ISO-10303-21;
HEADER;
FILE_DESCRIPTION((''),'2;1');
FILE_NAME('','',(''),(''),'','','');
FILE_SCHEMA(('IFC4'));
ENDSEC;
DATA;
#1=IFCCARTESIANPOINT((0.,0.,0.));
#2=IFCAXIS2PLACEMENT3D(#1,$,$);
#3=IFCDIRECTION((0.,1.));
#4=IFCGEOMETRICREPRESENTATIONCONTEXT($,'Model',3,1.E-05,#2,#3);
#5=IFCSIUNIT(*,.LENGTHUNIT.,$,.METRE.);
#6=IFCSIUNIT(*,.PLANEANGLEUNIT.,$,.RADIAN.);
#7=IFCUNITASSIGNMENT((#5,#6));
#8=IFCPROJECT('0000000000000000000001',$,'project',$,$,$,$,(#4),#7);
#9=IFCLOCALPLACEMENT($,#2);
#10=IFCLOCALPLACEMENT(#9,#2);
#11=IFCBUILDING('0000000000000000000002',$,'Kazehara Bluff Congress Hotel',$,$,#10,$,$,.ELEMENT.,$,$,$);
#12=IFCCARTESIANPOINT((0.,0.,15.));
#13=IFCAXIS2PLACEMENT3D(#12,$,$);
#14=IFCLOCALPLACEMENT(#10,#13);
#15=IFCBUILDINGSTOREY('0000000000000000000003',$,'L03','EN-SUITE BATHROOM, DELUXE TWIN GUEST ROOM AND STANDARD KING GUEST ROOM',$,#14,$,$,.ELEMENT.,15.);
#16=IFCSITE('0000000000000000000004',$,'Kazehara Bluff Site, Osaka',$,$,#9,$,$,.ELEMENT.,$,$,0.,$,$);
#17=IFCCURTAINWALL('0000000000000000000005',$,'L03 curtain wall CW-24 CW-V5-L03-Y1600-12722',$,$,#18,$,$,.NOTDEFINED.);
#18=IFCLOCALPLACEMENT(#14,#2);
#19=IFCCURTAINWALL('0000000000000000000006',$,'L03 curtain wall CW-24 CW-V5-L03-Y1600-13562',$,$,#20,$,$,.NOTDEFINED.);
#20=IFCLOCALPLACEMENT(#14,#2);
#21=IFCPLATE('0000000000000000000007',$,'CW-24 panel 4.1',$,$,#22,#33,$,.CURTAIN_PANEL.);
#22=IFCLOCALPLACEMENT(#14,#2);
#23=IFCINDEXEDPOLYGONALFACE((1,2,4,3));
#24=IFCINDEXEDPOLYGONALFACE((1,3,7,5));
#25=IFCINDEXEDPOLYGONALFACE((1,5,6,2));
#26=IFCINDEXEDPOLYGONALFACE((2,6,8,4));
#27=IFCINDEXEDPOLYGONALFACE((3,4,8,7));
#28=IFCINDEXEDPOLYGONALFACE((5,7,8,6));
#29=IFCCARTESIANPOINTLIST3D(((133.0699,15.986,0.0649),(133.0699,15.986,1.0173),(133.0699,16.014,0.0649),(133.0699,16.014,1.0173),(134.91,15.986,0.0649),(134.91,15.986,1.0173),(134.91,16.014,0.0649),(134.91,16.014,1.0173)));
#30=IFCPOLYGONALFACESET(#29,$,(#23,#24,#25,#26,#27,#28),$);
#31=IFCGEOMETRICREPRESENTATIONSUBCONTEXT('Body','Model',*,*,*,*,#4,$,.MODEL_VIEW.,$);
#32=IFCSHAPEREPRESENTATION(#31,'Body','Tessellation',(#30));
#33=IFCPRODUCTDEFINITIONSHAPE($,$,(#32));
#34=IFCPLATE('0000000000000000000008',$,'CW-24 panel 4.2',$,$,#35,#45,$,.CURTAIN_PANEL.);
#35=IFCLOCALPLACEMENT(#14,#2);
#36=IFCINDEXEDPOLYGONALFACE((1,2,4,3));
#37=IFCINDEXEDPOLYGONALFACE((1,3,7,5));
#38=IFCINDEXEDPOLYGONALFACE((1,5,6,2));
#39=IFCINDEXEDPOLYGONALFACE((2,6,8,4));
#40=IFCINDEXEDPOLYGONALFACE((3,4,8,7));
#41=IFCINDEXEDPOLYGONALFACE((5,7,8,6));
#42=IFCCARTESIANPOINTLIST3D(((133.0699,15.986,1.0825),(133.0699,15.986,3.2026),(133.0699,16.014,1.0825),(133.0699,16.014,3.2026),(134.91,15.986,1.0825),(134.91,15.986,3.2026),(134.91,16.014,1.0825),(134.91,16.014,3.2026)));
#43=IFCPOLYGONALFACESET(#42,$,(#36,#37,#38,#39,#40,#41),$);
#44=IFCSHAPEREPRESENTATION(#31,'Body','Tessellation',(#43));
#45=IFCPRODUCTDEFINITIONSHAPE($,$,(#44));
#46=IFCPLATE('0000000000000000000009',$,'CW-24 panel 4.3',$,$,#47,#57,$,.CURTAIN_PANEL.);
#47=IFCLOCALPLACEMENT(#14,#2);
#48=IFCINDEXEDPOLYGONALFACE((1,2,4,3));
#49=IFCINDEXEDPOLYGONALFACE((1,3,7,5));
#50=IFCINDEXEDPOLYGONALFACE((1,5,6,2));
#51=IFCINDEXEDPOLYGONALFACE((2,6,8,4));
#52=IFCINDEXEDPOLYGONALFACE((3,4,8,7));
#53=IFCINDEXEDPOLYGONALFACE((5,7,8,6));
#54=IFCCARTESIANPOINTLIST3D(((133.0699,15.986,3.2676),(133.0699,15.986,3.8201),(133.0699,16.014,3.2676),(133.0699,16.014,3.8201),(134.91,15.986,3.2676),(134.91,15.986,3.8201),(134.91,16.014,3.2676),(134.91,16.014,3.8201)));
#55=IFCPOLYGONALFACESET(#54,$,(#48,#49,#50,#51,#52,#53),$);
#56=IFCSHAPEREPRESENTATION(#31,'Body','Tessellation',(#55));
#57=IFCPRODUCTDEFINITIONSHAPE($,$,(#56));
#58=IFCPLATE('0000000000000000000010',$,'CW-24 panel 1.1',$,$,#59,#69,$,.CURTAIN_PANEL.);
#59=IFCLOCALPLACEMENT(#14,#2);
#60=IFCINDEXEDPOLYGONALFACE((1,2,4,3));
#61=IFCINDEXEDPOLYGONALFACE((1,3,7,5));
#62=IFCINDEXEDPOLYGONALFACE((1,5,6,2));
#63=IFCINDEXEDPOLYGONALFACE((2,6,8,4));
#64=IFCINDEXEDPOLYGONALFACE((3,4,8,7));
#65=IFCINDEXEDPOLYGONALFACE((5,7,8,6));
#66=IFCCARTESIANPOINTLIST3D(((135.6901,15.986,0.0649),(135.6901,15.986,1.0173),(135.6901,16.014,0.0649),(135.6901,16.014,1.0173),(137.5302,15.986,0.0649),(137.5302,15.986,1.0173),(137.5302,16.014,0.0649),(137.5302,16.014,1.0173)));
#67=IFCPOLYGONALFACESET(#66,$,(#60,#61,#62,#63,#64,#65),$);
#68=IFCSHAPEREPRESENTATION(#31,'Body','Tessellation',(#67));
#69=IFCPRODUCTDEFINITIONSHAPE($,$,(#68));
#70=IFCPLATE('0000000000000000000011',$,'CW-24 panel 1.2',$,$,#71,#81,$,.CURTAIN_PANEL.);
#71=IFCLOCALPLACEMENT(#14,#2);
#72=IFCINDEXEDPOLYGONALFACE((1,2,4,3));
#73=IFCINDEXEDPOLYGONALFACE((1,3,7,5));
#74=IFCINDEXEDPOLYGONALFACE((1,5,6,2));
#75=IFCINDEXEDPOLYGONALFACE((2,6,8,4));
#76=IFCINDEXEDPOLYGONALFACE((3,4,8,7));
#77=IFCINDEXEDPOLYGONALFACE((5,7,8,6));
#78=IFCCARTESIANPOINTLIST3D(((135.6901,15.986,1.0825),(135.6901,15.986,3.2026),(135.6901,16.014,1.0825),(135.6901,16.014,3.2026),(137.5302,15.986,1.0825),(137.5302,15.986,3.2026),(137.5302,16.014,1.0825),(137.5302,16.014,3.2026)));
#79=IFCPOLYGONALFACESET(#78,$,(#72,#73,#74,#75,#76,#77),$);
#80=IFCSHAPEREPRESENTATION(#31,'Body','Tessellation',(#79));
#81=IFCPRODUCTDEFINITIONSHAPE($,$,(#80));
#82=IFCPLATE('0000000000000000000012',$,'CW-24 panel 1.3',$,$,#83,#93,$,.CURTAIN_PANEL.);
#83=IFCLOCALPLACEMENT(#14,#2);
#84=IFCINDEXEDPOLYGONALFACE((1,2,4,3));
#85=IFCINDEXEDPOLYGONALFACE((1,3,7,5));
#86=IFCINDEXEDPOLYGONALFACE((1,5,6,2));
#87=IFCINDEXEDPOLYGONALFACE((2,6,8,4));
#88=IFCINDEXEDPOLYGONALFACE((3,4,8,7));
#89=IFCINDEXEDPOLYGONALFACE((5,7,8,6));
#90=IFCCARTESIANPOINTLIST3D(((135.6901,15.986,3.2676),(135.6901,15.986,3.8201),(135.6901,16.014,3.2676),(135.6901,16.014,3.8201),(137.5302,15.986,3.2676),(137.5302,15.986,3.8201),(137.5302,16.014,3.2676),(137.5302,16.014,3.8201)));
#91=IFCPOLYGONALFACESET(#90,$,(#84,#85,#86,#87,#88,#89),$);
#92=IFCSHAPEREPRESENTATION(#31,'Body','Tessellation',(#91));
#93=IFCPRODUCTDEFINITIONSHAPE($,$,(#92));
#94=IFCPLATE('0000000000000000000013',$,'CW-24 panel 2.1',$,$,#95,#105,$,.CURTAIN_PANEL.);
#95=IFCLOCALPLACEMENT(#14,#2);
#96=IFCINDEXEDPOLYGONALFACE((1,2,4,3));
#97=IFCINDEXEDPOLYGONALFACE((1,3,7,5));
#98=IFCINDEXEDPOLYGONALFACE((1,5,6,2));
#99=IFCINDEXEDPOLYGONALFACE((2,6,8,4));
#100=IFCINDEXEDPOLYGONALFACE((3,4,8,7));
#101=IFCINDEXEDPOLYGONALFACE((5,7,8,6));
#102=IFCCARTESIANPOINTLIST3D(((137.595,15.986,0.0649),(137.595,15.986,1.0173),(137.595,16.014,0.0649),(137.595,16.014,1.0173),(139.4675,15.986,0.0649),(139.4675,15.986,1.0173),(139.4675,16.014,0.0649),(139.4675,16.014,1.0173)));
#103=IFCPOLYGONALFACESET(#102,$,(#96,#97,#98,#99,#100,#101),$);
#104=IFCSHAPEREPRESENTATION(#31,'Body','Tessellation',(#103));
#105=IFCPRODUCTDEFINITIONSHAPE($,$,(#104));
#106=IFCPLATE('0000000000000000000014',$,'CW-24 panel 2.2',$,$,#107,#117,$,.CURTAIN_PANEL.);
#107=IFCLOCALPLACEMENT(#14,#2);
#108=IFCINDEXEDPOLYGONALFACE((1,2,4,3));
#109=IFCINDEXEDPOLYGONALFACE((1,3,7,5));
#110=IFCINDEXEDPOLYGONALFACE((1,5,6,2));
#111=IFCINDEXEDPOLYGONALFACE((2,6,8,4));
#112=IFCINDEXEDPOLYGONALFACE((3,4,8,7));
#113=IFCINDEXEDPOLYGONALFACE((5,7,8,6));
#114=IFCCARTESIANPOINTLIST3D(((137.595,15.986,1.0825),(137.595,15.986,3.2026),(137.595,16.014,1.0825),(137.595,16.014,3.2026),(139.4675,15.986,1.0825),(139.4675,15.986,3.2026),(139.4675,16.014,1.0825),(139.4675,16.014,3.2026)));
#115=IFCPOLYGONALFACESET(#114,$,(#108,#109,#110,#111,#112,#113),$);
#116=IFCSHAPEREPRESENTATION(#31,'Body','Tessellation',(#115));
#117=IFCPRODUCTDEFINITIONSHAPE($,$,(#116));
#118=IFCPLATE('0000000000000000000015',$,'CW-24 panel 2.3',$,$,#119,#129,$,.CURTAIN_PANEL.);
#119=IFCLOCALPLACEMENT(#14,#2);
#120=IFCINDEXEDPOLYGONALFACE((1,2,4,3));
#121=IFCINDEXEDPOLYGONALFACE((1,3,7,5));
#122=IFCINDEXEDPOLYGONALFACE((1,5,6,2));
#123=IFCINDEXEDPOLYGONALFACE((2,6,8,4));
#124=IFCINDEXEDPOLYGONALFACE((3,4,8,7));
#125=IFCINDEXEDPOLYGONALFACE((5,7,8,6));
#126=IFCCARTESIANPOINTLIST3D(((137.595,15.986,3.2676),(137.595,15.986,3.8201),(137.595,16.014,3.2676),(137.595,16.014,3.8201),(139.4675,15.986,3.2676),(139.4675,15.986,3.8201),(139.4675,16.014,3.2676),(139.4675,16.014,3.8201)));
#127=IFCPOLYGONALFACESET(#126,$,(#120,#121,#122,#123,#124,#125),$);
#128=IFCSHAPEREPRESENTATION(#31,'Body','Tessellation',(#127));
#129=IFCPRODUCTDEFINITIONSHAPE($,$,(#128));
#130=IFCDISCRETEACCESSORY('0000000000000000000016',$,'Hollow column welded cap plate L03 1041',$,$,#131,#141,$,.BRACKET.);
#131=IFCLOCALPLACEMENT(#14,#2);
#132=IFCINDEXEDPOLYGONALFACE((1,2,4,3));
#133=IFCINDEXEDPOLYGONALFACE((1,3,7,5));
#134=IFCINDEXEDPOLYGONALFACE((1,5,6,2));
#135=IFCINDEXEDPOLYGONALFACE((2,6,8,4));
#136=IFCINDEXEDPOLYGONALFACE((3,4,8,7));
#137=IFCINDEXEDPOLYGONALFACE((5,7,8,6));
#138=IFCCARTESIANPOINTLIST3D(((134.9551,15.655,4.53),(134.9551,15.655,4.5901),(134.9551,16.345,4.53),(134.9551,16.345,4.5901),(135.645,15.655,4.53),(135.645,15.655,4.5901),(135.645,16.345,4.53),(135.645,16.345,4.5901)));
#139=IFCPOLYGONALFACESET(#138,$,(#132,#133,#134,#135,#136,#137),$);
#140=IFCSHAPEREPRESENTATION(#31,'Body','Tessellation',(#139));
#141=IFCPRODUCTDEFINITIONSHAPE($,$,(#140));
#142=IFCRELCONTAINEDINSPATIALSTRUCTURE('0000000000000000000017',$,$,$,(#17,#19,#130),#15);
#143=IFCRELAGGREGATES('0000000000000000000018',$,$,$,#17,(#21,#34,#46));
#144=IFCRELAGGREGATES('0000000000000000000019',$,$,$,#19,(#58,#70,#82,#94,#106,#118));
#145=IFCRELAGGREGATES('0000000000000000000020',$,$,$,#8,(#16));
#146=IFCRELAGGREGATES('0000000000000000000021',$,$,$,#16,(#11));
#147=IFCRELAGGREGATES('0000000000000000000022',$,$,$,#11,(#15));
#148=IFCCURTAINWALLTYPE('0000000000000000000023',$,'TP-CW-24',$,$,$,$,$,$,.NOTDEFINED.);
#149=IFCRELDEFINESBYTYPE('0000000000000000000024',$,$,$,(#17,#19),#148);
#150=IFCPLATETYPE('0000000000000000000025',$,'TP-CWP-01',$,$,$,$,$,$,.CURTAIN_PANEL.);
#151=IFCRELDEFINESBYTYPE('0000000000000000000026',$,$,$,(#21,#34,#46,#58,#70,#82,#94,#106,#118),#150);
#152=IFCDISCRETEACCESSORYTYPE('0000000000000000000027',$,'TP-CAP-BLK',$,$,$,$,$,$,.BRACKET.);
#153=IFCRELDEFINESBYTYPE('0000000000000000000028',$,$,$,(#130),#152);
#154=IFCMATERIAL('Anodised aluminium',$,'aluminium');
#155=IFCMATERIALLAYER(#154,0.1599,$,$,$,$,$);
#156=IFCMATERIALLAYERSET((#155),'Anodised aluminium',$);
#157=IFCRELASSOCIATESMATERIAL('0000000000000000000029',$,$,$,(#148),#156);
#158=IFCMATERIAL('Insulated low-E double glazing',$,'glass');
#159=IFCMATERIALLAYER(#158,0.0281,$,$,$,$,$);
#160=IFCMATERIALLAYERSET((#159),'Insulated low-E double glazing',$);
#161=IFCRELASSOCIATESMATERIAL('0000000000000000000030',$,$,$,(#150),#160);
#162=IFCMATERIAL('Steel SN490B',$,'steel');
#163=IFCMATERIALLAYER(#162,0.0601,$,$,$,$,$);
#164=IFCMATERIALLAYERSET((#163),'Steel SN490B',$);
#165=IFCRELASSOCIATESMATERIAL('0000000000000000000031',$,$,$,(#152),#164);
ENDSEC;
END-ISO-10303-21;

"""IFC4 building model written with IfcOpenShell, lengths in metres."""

from ifc_helpers import new_model, si_unit, direction, frame, origin, origin_2d, place, context, subcontext, project, spatial, rectangle, extrude, material, layer, layer_set, type_object, element, aggregate, save


model = new_model("IFC4")

# Units and contexts
model_context = context("Model", 3, precision=1e-05, world=origin(), true_north=direction((0.0, 1.0)))
body_context = subcontext(model_context, "Body", "Model", "MODEL_VIEW")
ifc_project = project(units=[si_unit("LENGTHUNIT", "METRE"), si_unit("PLANEANGLEUNIT", "RADIAN")], contexts=[model_context])

# Site, building, storey
site_placement = place(None, origin())
site = spatial("IfcSite", under=ifc_project, at=site_placement, Name="Kazehara Bluff Site, Osaka", CompositionType="ELEMENT", RefElevation=0.0)
building_placement = place(site_placement, origin())
building = spatial("IfcBuilding", under=site, at=building_placement, Name="Kazehara Bluff Congress Hotel", CompositionType="ELEMENT")
storey_placement = place(building_placement, frame((0.0, 0.0, 15.0)))
storey = spatial("IfcBuildingStorey", under=building, at=storey_placement, Name="L03", Description="EN-SUITE BATHROOM, DELUXE TWIN GUEST ROOM AND STANDARD KING GUEST ROOM", CompositionType="ELEMENT", Elevation=15.0)

# Curtain wall
ifc_material_1 = material(Name="Anodised aluminium", Category="aluminium")
ifc_layer_1 = layer(ifc_material_1, 0.1599)
ifc_layer_set_1 = layer_set([ifc_layer_1], Name="Anodised aluminium")
curtain_wall_type = type_object("IfcCurtainWallType", Name="TP-CW-24", PredefinedType="NOTDEFINED", material=ifc_layer_set_1)
curtain_wall_1_placement = place(storey_placement, origin())
curtain_wall_1 = element("IfcCurtainWall", 1, at=curtain_wall_1_placement, inside=storey, type_object=curtain_wall_type, Name="L03 curtain wall CW-24 CW-V5-L03-Y1600-12722", PredefinedType="NOTDEFINED")

# Curtain wall
curtain_wall_2_placement = place(storey_placement, origin())
curtain_wall_2 = element("IfcCurtainWall", 2, at=curtain_wall_2_placement, inside=storey, type_object=curtain_wall_type, Name="L03 curtain wall CW-24 CW-V5-L03-Y1600-13562", PredefinedType="NOTDEFINED")

# Plates
ifc_material_2 = material(Name="Insulated low-E double glazing", Category="glass")
ifc_layer_2 = layer(ifc_material_2, 0.0281)
ifc_layer_set_2 = layer_set([ifc_layer_2], Name="Insulated low-E double glazing")
plate_type = type_object("IfcPlateType", Name="TP-CWP-01", PredefinedType="CURTAIN_PANEL", material=ifc_layer_set_2)
plate_1_placement = place(storey_placement, frame((133.99, 16.0, 0.0649), z_axis=(0.0, 0.0, 1.0), x_axis=(1.0, 0.0, 0.0)))
plate_1 = element("IfcPlate", 3, at=plate_1_placement, type_object=plate_type, Name="CW-24 panel 4.1", PredefinedType="CURTAIN_PANEL", context=body_context, shape_type="SweptSolid", body=[
    extrude(rectangle(XDim=1.8401, YDim=0.0281, at=origin_2d()), origin(), (0.0, 0.0, 1.0), 0.9524),
])
plate_2_placement = place(storey_placement, frame((133.99, 16.0, 1.0825), z_axis=(0.0, 0.0, 1.0), x_axis=(1.0, 0.0, 0.0)))
plate_2 = element("IfcPlate", 4, at=plate_2_placement, type_object=plate_type, Name="CW-24 panel 4.2", PredefinedType="CURTAIN_PANEL", context=body_context, shape_type="SweptSolid", body=[
    extrude(rectangle(XDim=1.8401, YDim=0.0281, at=origin_2d()), origin(), (0.0, 0.0, 1.0), 2.1201),
])
plate_3_placement = place(storey_placement, frame((133.99, 16.0, 3.2676), z_axis=(0.0, 0.0, 1.0), x_axis=(1.0, 0.0, 0.0)))
plate_3 = element("IfcPlate", 5, at=plate_3_placement, type_object=plate_type, Name="CW-24 panel 4.3", PredefinedType="CURTAIN_PANEL", context=body_context, shape_type="SweptSolid", body=[
    extrude(rectangle(XDim=1.8401, YDim=0.0281, at=origin_2d()), origin(), (0.0, 0.0, 1.0), 0.5525),
])
aggregate(curtain_wall_1, [plate_1, plate_2, plate_3])
plate_4_placement = place(storey_placement, frame((136.6101, 16.0, 0.0649), z_axis=(0.0, 0.0, 1.0), x_axis=(1.0, 0.0, 0.0)))
plate_4 = element("IfcPlate", 6, at=plate_4_placement, type_object=plate_type, Name="CW-24 panel 1.1", PredefinedType="CURTAIN_PANEL", context=body_context, shape_type="SweptSolid", body=[
    extrude(rectangle(XDim=1.8401, YDim=0.0281, at=origin_2d()), origin(), (0.0, 0.0, 1.0), 0.9524),
])
plate_5_placement = place(storey_placement, frame((136.6101, 16.0, 1.0825), z_axis=(0.0, 0.0, 1.0), x_axis=(1.0, 0.0, 0.0)))
plate_5 = element("IfcPlate", 7, at=plate_5_placement, type_object=plate_type, Name="CW-24 panel 1.2", PredefinedType="CURTAIN_PANEL", context=body_context, shape_type="SweptSolid", body=[
    extrude(rectangle(XDim=1.8401, YDim=0.0281, at=origin_2d()), origin(), (0.0, 0.0, 1.0), 2.1201),
])
plate_6_placement = place(storey_placement, frame((136.6101, 16.0, 3.2676), z_axis=(0.0, 0.0, 1.0), x_axis=(1.0, 0.0, 0.0)))
plate_6 = element("IfcPlate", 8, at=plate_6_placement, type_object=plate_type, Name="CW-24 panel 1.3", PredefinedType="CURTAIN_PANEL", context=body_context, shape_type="SweptSolid", body=[
    extrude(rectangle(XDim=1.8401, YDim=0.0281, at=origin_2d()), origin(), (0.0, 0.0, 1.0), 0.5525),
])
plate_7_placement = place(storey_placement, frame((138.5312, 16.0, 0.0649), z_axis=(0.0, 0.0, 1.0), x_axis=(1.0, 0.0, 0.0)))
plate_7 = element("IfcPlate", 9, at=plate_7_placement, type_object=plate_type, Name="CW-24 panel 2.1", PredefinedType="CURTAIN_PANEL", context=body_context, shape_type="SweptSolid", body=[
    extrude(rectangle(XDim=1.8726, YDim=0.0281, at=origin_2d()), origin(), (0.0, 0.0, 1.0), 0.9524),
])
plate_8_placement = place(storey_placement, frame((138.5312, 16.0, 1.0825), z_axis=(0.0, 0.0, 1.0), x_axis=(1.0, 0.0, 0.0)))
plate_8 = element("IfcPlate", 10, at=plate_8_placement, type_object=plate_type, Name="CW-24 panel 2.2", PredefinedType="CURTAIN_PANEL", context=body_context, shape_type="SweptSolid", body=[
    extrude(rectangle(XDim=1.8726, YDim=0.0281, at=origin_2d()), origin(), (0.0, 0.0, 1.0), 2.1201),
])
plate_9_placement = place(storey_placement, frame((138.5312, 16.0, 3.2676), z_axis=(0.0, 0.0, 1.0), x_axis=(1.0, 0.0, 0.0)))
plate_9 = element("IfcPlate", 11, at=plate_9_placement, type_object=plate_type, Name="CW-24 panel 2.3", PredefinedType="CURTAIN_PANEL", context=body_context, shape_type="SweptSolid", body=[
    extrude(rectangle(XDim=1.8726, YDim=0.0281, at=origin_2d()), origin(), (0.0, 0.0, 1.0), 0.5525),
])
aggregate(curtain_wall_2, [plate_4, plate_5, plate_6, plate_7, plate_8, plate_9])

# Discrete accessory
ifc_material_3 = material(Name="Steel SN490B", Category="steel")
ifc_layer_3 = layer(ifc_material_3, 0.0601)
ifc_layer_set_3 = layer_set([ifc_layer_3], Name="Steel SN490B")
discrete_accessory_type = type_object("IfcDiscreteAccessoryType", Name="TP-CAP-BLK", PredefinedType="BRACKET", material=ifc_layer_set_3)
discrete_accessory_placement = place(storey_placement, frame((135.3, 16.0, 4.53), z_axis=(0.0, 0.0, 1.0), x_axis=(1.0, 0.0, 0.0)))
element("IfcDiscreteAccessory", 12, at=discrete_accessory_placement, inside=storey, type_object=discrete_accessory_type, Name="Hollow column welded cap plate L03 1041", PredefinedType="BRACKET", context=body_context, shape_type="SweptSolid", body=[
    extrude(rectangle(XDim=0.6899, YDim=0.6899, at=origin_2d()), origin(), (0.0, 0.0, 1.0), 0.0601),
])

save(model, "model.ifc")
